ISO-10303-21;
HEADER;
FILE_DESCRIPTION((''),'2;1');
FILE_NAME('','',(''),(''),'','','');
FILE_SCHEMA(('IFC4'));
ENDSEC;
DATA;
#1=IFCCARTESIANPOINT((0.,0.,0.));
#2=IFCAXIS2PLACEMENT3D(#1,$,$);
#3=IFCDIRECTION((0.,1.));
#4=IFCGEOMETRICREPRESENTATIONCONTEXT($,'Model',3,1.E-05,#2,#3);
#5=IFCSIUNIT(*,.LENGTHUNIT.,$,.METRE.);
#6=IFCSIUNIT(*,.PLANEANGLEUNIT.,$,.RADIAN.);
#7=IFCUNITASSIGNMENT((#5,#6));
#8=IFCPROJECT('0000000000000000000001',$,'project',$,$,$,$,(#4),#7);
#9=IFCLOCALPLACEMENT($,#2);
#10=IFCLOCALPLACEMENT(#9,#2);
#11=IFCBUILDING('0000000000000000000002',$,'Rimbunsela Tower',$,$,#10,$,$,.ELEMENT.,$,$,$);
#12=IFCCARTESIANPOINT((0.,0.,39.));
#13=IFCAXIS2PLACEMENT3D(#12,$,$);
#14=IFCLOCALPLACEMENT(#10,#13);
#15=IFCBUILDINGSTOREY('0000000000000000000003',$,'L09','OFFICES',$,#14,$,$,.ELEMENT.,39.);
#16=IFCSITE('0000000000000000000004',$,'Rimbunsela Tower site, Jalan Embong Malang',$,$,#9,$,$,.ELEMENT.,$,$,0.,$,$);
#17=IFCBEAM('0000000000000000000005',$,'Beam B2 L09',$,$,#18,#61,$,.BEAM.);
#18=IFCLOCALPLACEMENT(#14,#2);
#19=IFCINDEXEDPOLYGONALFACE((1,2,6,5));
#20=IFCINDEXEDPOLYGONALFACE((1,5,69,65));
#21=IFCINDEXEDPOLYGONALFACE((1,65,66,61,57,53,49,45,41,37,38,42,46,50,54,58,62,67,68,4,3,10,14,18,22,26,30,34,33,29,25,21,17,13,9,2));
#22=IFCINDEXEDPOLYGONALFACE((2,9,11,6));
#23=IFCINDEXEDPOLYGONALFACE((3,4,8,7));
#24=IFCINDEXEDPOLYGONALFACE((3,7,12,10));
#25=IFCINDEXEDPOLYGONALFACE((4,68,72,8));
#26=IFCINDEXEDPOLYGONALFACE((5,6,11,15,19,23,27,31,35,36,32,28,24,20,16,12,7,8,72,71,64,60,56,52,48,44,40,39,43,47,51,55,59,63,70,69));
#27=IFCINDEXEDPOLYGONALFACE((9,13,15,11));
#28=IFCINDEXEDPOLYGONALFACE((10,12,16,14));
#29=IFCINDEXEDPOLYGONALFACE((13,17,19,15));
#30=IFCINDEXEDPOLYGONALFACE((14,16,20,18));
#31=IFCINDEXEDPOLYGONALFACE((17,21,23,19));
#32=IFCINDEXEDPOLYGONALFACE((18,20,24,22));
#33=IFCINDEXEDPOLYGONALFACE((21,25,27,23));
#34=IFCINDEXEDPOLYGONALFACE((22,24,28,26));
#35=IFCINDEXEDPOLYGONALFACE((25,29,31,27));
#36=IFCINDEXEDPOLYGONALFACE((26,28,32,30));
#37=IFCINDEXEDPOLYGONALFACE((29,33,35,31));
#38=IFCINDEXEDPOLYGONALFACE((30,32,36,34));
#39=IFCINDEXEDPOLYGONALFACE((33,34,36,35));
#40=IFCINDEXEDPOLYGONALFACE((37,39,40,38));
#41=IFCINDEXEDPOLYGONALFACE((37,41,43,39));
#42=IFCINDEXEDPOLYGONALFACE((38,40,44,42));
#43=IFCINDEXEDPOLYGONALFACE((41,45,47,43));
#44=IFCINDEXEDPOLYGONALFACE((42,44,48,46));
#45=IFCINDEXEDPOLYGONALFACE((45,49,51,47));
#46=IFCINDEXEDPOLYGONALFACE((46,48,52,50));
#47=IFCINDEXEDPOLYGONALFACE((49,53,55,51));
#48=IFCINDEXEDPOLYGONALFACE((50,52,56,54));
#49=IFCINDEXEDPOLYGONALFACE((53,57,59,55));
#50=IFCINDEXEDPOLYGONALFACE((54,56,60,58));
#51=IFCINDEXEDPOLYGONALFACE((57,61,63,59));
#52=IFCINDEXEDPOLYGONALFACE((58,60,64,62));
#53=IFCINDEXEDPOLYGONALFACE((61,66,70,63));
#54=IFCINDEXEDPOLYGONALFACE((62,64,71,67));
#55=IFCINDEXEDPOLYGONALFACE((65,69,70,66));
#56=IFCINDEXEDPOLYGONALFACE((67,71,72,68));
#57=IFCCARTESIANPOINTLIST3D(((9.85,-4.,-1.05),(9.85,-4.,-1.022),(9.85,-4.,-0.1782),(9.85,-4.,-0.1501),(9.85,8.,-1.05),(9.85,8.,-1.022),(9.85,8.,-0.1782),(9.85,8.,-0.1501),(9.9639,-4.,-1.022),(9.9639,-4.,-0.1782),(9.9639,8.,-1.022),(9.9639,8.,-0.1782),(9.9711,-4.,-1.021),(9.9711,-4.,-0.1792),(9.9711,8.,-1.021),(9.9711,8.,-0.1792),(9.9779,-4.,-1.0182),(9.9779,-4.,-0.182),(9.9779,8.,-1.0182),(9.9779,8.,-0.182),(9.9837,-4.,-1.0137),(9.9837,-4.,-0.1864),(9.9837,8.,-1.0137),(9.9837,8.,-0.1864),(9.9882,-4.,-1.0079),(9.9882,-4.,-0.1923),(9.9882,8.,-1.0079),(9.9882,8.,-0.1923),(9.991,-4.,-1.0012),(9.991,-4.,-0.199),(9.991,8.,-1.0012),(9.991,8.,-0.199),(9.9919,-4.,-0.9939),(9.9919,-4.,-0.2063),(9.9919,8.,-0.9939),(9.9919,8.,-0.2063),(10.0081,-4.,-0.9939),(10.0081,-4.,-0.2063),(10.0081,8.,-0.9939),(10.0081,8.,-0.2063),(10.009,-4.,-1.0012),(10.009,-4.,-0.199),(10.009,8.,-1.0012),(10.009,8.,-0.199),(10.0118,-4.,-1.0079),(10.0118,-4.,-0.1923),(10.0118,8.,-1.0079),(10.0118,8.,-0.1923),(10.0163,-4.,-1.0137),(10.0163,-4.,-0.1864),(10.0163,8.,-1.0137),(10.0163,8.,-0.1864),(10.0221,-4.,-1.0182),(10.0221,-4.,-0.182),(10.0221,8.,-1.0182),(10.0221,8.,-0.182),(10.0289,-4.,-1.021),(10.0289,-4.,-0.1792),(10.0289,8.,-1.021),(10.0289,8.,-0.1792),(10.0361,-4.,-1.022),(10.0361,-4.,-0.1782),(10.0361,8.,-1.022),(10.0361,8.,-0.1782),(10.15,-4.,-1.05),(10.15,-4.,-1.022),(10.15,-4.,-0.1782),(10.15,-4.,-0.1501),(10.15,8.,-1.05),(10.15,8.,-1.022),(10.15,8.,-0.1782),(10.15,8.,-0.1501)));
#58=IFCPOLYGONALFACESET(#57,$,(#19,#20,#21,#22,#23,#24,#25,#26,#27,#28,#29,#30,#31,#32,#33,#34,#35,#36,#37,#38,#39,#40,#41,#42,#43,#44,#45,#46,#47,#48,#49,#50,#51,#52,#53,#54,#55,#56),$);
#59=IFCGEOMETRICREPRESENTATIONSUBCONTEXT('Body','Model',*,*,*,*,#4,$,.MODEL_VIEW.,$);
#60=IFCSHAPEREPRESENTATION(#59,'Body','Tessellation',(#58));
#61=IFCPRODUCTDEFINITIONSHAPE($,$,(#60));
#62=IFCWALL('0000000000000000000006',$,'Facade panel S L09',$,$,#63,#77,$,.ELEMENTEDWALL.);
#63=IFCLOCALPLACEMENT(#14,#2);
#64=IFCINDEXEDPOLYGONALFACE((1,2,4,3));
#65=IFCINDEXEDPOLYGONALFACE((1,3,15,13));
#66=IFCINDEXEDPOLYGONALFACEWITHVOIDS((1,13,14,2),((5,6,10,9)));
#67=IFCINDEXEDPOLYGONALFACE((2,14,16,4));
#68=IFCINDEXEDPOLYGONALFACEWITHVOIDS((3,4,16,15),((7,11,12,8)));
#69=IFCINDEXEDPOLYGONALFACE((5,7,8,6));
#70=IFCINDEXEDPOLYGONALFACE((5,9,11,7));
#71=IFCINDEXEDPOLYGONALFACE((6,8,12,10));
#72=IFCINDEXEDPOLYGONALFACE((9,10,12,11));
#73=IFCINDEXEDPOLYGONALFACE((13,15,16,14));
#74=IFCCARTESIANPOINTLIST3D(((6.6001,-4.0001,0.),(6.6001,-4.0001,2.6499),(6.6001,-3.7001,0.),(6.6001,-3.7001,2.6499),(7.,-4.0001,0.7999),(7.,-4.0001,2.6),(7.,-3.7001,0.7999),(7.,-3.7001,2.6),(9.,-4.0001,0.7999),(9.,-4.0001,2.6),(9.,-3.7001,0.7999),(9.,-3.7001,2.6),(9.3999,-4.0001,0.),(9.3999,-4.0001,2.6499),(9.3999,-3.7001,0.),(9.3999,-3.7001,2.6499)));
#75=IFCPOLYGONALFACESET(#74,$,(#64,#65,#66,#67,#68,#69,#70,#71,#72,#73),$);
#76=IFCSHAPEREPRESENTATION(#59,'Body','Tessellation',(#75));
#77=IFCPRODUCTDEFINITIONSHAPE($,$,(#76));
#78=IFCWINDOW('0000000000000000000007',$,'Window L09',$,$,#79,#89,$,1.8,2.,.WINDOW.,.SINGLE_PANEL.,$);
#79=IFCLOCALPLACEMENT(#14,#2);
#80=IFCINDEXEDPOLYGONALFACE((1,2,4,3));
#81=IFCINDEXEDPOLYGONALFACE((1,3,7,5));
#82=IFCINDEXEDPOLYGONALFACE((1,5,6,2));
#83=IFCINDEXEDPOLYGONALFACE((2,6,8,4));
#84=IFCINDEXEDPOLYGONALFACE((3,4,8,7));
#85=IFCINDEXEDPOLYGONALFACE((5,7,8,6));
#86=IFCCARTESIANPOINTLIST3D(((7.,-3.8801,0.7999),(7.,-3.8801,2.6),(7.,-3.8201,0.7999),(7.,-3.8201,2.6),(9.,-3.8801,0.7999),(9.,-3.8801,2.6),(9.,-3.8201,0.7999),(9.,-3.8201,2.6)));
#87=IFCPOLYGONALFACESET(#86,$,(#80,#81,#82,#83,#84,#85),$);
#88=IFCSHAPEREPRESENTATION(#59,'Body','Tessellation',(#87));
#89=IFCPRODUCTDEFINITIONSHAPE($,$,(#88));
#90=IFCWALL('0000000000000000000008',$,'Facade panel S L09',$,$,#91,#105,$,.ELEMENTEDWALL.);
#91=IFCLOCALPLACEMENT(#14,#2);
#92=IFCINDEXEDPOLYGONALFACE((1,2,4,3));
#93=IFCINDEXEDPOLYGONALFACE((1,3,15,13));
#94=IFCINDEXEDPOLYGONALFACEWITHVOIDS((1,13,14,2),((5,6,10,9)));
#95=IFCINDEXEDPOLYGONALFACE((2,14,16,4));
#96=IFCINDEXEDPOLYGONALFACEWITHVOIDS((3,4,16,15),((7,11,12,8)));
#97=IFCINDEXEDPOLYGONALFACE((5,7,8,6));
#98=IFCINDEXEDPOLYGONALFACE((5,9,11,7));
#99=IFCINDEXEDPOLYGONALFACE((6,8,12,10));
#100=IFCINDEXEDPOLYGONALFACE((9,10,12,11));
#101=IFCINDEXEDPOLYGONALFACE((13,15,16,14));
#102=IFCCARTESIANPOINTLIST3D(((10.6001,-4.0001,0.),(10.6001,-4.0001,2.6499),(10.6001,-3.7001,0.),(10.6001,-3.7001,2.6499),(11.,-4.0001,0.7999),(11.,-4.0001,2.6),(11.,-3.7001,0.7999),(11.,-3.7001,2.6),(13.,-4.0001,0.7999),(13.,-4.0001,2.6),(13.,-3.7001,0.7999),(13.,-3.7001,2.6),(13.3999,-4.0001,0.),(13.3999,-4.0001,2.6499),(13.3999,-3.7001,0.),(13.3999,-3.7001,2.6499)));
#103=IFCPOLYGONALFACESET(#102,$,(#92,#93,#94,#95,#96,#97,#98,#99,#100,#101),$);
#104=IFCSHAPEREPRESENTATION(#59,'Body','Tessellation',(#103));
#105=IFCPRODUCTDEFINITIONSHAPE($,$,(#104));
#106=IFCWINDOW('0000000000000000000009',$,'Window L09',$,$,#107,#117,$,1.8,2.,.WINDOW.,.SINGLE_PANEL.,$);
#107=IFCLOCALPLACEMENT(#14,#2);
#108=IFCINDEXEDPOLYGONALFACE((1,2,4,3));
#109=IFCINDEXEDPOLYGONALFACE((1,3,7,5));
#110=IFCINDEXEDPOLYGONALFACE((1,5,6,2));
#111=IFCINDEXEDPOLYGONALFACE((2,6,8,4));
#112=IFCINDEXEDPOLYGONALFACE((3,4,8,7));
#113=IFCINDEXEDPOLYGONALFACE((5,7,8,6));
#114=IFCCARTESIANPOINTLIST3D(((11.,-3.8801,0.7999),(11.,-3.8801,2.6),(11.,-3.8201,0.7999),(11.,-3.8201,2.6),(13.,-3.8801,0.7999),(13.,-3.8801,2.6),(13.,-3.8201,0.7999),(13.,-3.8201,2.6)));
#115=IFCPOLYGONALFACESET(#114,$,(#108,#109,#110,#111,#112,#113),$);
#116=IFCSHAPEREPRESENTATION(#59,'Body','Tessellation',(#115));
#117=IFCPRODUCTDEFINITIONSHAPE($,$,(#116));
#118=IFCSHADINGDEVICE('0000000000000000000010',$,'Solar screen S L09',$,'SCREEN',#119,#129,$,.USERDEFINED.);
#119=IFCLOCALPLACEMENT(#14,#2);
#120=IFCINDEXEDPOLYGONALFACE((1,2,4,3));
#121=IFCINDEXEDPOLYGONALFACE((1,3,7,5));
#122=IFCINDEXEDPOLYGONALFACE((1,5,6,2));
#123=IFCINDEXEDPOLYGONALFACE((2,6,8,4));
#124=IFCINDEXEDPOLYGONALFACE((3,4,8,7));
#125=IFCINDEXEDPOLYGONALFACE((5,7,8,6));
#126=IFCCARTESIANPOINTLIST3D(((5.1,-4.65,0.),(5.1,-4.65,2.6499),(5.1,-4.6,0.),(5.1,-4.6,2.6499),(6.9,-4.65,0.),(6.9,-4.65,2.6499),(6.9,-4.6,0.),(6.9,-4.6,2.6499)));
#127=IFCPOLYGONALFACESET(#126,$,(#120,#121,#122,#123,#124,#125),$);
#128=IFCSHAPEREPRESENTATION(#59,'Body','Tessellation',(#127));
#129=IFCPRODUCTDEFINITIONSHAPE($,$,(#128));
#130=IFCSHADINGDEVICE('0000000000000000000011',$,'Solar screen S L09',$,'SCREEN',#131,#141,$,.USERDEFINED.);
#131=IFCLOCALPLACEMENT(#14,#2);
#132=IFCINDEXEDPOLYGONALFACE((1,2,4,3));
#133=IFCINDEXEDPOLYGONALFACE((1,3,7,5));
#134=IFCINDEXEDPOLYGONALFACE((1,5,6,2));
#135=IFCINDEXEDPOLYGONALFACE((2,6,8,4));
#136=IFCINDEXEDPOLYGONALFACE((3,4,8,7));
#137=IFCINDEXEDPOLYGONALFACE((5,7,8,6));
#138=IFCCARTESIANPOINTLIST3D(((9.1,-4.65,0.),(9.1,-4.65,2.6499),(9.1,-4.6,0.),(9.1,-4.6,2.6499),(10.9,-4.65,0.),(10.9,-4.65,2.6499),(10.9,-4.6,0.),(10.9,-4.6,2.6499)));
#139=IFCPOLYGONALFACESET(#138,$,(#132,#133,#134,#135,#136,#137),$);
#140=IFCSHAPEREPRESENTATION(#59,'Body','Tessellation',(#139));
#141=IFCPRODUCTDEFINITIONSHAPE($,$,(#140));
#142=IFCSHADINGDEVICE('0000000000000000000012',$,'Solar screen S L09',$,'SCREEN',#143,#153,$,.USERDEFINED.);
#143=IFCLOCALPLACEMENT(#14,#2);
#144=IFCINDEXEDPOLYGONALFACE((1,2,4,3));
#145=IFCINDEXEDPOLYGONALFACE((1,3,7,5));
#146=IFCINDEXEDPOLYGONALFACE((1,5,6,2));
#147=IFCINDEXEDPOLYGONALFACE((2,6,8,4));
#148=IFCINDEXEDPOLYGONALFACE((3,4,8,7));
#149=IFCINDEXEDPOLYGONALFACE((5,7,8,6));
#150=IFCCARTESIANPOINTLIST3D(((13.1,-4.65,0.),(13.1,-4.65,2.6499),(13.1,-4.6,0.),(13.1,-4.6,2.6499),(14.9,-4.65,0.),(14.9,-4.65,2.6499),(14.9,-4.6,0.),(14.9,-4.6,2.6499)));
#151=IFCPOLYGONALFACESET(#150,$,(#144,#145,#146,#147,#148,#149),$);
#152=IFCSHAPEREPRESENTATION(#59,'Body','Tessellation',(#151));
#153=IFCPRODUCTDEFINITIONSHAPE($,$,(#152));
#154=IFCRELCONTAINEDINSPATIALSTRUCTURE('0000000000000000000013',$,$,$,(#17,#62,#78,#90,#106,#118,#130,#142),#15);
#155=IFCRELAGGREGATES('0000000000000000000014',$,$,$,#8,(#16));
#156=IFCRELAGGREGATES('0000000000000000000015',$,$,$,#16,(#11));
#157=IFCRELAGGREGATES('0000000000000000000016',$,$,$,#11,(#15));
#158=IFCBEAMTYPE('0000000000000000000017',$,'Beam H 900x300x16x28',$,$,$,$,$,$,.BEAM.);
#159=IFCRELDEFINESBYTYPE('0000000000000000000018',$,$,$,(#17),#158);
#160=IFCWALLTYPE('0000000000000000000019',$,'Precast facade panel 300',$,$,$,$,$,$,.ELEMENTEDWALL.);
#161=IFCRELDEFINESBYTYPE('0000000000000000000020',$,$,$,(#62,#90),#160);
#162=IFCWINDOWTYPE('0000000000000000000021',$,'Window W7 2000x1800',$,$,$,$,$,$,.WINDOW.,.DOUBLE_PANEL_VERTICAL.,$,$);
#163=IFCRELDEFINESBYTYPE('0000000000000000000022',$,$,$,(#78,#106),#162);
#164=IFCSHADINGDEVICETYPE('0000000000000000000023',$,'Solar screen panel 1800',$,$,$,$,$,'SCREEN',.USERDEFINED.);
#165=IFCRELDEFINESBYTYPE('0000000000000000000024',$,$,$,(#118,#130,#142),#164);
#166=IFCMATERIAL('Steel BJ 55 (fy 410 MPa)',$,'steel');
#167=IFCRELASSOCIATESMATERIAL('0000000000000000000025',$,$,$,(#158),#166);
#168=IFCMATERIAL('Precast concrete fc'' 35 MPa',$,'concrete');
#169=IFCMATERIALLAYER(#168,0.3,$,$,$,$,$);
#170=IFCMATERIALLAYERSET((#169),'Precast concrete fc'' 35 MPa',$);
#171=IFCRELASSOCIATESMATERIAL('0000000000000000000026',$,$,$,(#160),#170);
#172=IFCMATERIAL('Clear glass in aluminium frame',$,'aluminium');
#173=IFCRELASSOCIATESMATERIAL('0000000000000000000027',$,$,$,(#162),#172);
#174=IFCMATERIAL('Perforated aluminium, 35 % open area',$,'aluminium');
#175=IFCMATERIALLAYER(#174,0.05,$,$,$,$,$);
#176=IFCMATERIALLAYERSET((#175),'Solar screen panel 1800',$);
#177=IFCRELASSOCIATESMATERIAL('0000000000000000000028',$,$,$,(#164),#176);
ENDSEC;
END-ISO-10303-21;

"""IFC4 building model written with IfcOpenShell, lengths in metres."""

from ifc_helpers import new_model, si_unit, direction, frame, frame_2d, origin, origin_2d, place, context, subcontext, project, spatial, rectangle, i_section, extrude, material, layer, layer_set, material_profile, profile_set, type_object, element, fill, save


model = new_model("IFC4")

# Units and contexts
model_context = context("Model", 3, precision=1e-05, world=origin(), true_north=direction((0.0, 1.0)))
body_context = subcontext(model_context, "Body", "Model", "MODEL_VIEW")
ifc_project = project(units=[si_unit("LENGTHUNIT", "METRE"), si_unit("PLANEANGLEUNIT", "RADIAN")], contexts=[model_context])

# Site, building, storey
site_placement = place(None, origin())
site = spatial("IfcSite", under=ifc_project, at=site_placement, Name="Rimbunsela Tower site, Jalan Embong Malang", CompositionType="ELEMENT", RefElevation=0.0)
building_placement = place(site_placement, origin())
building = spatial("IfcBuilding", under=site, at=building_placement, Name="Rimbunsela Tower", CompositionType="ELEMENT")
storey_placement = place(building_placement, frame((0.0, 0.0, 39.0)))
storey = spatial("IfcBuildingStorey", under=building, at=storey_placement, Name="L09", Description="OFFICES", CompositionType="ELEMENT", Elevation=39.0)

# Beam
ifc_material_1 = material(Name="Steel BJ 55 (fy 410 MPa)", Category="steel")
ifc_material_profile_1 = material_profile(ifc_material_1, i_section(OverallWidth=0.3, OverallDepth=0.8999, WebThickness=0.0161, FlangeThickness=0.0281, FilletRadius=0.0281, at=origin_2d()), Name="H 900x300x16x28")
ifc_profile_set_1 = profile_set([ifc_material_profile_1], Name="Steel BJ 55 (fy 410 MPa)")
beam_type_1 = type_object("IfcBeamType", Name="Beam H 900x300x16x28", PredefinedType="BEAM", material=ifc_profile_set_1)
beam_1_placement = place(storey_placement, frame((10.0, -4.0, -0.6001), z_axis=(0.0, 1.0, 0.0), x_axis=(-1.0, 0.0, 0.0)))
element("IfcBeam", 1, at=beam_1_placement, inside=storey, type_object=beam_type_1, Name="Beam B2 L09", PredefinedType="BEAM", context=body_context, shape_type="SweptSolid", body=[
    extrude(i_section(OverallWidth=0.3, OverallDepth=0.8999, WebThickness=0.0161, FlangeThickness=0.0281, FilletRadius=0.0281, at=origin_2d()), origin(), (0.0, 0.0, 1.0), 12.0),
])

# Walls, openings, windows
ifc_material_2 = material(Name="Precast concrete fc' 35 MPa", Category="concrete")
ifc_layer_1 = layer(ifc_material_2, 0.3)
ifc_layer_set_1 = layer_set([ifc_layer_1], Name="Precast concrete fc' 35 MPa")
wall_type = type_object("IfcWallType", Name="Precast facade panel 300", PredefinedType="ELEMENTEDWALL", material=ifc_layer_set_1)
wall_1_placement = place(storey_placement, frame((6.6001, -3.8501, 0.0), z_axis=(0.0, 0.0, 1.0), x_axis=(1.0, 0.0, 0.0)))
wall_1 = element("IfcWall", 2, at=wall_1_placement, inside=storey, type_object=wall_type, Name="Facade panel S L09", PredefinedType="ELEMENTEDWALL", context=body_context, shape_type="SweptSolid", body=[
    extrude(rectangle(XDim=2.7998, YDim=0.3, at=frame_2d((1.3999, 0.0))), origin(), (0.0, 0.0, 1.0), 2.6499),
])
opening_1_placement = place(wall_1_placement, frame((0.3999, 0.0, 0.8)))
opening_1 = element("IfcOpeningElement", 3, at=opening_1_placement, cuts=wall_1, PredefinedType="OPENING", context=body_context, shape_type="SweptSolid", body=[
    extrude(rectangle(XDim=2.0, YDim=1.8, at=frame_2d((1.0, 0.8999))), frame((0.0, 0.1599, 0.0), z_axis=(0.0, -1.0, 0.0), x_axis=(1.0, 0.0, 0.0)), (0.0, 0.0, 1.0), 0.3201),
])
ifc_material_3 = material(Name="Clear glass in aluminium frame", Category="aluminium")
window_type = type_object("IfcWindowType", Name="Window W7 2000x1800", PartitioningType="DOUBLE_PANEL_VERTICAL", PredefinedType="WINDOW", material=ifc_material_3)
window_1_placement = place(opening_1_placement, origin())
window_1 = element("IfcWindow", 4, at=window_1_placement, inside=storey, type_object=window_type, Name="Window L09", OverallHeight=1.8, OverallWidth=2.0, PartitioningType="SINGLE_PANEL", PredefinedType="WINDOW", context=body_context, shape_type="SweptSolid", body=[
    extrude(rectangle(XDim=2.0, YDim=1.8, at=frame_2d((1.0, 0.8999))), frame((0.0, 0.03, 0.0), z_axis=(0.0, -1.0, 0.0), x_axis=(1.0, 0.0, 0.0)), (0.0, 0.0, 1.0), 0.0601),
])
fill(opening_1, window_1)
wall_2_placement = place(storey_placement, frame((10.6001, -3.8501, 0.0), z_axis=(0.0, 0.0, 1.0), x_axis=(1.0, 0.0, 0.0)))
wall_2 = element("IfcWall", 5, at=wall_2_placement, inside=storey, type_object=wall_type, Name="Facade panel S L09", PredefinedType="ELEMENTEDWALL", context=body_context, shape_type="SweptSolid", body=[
    extrude(rectangle(XDim=2.7998, YDim=0.3, at=frame_2d((1.3999, 0.0))), origin(), (0.0, 0.0, 1.0), 2.6499),
])
opening_2_placement = place(wall_2_placement, frame((0.3999, 0.0, 0.8)))
opening_2 = element("IfcOpeningElement", 6, at=opening_2_placement, cuts=wall_2, PredefinedType="OPENING", context=body_context, shape_type="SweptSolid", body=[
    extrude(rectangle(XDim=2.0, YDim=1.8, at=frame_2d((1.0, 0.8999))), frame((0.0, 0.1599, 0.0), z_axis=(0.0, -1.0, 0.0), x_axis=(1.0, 0.0, 0.0)), (0.0, 0.0, 1.0), 0.3201),
])
window_2_placement = place(opening_2_placement, origin())
window_2 = element("IfcWindow", 7, at=window_2_placement, inside=storey, type_object=window_type, Name="Window L09", OverallHeight=1.8, OverallWidth=2.0, PartitioningType="SINGLE_PANEL", PredefinedType="WINDOW", context=body_context, shape_type="SweptSolid", body=[
    extrude(rectangle(XDim=2.0, YDim=1.8, at=frame_2d((1.0, 0.8999))), frame((0.0, 0.03, 0.0), z_axis=(0.0, -1.0, 0.0), x_axis=(1.0, 0.0, 0.0)), (0.0, 0.0, 1.0), 0.0601),
])
fill(opening_2, window_2)

# Shading devices
ifc_material_4 = material(Name="Perforated aluminium, 35 % open area", Category="aluminium")
ifc_layer_2 = layer(ifc_material_4, 0.05)
ifc_layer_set_2 = layer_set([ifc_layer_2], Name="Solar screen panel 1800")
shading_device_type = type_object("IfcShadingDeviceType", Name="Solar screen panel 1800", ElementType="SCREEN", PredefinedType="USERDEFINED", material=ifc_layer_set_2)
for number, where, z_axis, x_axis, name in (
    (8, (6.0, -4.625, 0.0), (0.0, 0.0, 1.0), (1.0, 0.0, 0.0), "Solar screen S L09"),
    (9, (10.0, -4.625, 0.0), (0.0, 0.0, 1.0), (1.0, 0.0, 0.0), "Solar screen S L09"),
    (10, (14.0, -4.625, 0.0), (0.0, 0.0, 1.0), (1.0, 0.0, 0.0), "Solar screen S L09"),
):
    element("IfcShadingDevice", number, at=place(storey_placement, frame(where, z_axis=z_axis, x_axis=x_axis)), inside=storey, type_object=shading_device_type, Name=name, ObjectType="SCREEN", PredefinedType="USERDEFINED", context=body_context, shape_type="SweptSolid", body=[
        extrude(rectangle(XDim=1.8, YDim=0.05, at=origin_2d()), origin(), (0.0, 0.0, 1.0), 2.6499),
    ])

save(model, "model.ifc")
